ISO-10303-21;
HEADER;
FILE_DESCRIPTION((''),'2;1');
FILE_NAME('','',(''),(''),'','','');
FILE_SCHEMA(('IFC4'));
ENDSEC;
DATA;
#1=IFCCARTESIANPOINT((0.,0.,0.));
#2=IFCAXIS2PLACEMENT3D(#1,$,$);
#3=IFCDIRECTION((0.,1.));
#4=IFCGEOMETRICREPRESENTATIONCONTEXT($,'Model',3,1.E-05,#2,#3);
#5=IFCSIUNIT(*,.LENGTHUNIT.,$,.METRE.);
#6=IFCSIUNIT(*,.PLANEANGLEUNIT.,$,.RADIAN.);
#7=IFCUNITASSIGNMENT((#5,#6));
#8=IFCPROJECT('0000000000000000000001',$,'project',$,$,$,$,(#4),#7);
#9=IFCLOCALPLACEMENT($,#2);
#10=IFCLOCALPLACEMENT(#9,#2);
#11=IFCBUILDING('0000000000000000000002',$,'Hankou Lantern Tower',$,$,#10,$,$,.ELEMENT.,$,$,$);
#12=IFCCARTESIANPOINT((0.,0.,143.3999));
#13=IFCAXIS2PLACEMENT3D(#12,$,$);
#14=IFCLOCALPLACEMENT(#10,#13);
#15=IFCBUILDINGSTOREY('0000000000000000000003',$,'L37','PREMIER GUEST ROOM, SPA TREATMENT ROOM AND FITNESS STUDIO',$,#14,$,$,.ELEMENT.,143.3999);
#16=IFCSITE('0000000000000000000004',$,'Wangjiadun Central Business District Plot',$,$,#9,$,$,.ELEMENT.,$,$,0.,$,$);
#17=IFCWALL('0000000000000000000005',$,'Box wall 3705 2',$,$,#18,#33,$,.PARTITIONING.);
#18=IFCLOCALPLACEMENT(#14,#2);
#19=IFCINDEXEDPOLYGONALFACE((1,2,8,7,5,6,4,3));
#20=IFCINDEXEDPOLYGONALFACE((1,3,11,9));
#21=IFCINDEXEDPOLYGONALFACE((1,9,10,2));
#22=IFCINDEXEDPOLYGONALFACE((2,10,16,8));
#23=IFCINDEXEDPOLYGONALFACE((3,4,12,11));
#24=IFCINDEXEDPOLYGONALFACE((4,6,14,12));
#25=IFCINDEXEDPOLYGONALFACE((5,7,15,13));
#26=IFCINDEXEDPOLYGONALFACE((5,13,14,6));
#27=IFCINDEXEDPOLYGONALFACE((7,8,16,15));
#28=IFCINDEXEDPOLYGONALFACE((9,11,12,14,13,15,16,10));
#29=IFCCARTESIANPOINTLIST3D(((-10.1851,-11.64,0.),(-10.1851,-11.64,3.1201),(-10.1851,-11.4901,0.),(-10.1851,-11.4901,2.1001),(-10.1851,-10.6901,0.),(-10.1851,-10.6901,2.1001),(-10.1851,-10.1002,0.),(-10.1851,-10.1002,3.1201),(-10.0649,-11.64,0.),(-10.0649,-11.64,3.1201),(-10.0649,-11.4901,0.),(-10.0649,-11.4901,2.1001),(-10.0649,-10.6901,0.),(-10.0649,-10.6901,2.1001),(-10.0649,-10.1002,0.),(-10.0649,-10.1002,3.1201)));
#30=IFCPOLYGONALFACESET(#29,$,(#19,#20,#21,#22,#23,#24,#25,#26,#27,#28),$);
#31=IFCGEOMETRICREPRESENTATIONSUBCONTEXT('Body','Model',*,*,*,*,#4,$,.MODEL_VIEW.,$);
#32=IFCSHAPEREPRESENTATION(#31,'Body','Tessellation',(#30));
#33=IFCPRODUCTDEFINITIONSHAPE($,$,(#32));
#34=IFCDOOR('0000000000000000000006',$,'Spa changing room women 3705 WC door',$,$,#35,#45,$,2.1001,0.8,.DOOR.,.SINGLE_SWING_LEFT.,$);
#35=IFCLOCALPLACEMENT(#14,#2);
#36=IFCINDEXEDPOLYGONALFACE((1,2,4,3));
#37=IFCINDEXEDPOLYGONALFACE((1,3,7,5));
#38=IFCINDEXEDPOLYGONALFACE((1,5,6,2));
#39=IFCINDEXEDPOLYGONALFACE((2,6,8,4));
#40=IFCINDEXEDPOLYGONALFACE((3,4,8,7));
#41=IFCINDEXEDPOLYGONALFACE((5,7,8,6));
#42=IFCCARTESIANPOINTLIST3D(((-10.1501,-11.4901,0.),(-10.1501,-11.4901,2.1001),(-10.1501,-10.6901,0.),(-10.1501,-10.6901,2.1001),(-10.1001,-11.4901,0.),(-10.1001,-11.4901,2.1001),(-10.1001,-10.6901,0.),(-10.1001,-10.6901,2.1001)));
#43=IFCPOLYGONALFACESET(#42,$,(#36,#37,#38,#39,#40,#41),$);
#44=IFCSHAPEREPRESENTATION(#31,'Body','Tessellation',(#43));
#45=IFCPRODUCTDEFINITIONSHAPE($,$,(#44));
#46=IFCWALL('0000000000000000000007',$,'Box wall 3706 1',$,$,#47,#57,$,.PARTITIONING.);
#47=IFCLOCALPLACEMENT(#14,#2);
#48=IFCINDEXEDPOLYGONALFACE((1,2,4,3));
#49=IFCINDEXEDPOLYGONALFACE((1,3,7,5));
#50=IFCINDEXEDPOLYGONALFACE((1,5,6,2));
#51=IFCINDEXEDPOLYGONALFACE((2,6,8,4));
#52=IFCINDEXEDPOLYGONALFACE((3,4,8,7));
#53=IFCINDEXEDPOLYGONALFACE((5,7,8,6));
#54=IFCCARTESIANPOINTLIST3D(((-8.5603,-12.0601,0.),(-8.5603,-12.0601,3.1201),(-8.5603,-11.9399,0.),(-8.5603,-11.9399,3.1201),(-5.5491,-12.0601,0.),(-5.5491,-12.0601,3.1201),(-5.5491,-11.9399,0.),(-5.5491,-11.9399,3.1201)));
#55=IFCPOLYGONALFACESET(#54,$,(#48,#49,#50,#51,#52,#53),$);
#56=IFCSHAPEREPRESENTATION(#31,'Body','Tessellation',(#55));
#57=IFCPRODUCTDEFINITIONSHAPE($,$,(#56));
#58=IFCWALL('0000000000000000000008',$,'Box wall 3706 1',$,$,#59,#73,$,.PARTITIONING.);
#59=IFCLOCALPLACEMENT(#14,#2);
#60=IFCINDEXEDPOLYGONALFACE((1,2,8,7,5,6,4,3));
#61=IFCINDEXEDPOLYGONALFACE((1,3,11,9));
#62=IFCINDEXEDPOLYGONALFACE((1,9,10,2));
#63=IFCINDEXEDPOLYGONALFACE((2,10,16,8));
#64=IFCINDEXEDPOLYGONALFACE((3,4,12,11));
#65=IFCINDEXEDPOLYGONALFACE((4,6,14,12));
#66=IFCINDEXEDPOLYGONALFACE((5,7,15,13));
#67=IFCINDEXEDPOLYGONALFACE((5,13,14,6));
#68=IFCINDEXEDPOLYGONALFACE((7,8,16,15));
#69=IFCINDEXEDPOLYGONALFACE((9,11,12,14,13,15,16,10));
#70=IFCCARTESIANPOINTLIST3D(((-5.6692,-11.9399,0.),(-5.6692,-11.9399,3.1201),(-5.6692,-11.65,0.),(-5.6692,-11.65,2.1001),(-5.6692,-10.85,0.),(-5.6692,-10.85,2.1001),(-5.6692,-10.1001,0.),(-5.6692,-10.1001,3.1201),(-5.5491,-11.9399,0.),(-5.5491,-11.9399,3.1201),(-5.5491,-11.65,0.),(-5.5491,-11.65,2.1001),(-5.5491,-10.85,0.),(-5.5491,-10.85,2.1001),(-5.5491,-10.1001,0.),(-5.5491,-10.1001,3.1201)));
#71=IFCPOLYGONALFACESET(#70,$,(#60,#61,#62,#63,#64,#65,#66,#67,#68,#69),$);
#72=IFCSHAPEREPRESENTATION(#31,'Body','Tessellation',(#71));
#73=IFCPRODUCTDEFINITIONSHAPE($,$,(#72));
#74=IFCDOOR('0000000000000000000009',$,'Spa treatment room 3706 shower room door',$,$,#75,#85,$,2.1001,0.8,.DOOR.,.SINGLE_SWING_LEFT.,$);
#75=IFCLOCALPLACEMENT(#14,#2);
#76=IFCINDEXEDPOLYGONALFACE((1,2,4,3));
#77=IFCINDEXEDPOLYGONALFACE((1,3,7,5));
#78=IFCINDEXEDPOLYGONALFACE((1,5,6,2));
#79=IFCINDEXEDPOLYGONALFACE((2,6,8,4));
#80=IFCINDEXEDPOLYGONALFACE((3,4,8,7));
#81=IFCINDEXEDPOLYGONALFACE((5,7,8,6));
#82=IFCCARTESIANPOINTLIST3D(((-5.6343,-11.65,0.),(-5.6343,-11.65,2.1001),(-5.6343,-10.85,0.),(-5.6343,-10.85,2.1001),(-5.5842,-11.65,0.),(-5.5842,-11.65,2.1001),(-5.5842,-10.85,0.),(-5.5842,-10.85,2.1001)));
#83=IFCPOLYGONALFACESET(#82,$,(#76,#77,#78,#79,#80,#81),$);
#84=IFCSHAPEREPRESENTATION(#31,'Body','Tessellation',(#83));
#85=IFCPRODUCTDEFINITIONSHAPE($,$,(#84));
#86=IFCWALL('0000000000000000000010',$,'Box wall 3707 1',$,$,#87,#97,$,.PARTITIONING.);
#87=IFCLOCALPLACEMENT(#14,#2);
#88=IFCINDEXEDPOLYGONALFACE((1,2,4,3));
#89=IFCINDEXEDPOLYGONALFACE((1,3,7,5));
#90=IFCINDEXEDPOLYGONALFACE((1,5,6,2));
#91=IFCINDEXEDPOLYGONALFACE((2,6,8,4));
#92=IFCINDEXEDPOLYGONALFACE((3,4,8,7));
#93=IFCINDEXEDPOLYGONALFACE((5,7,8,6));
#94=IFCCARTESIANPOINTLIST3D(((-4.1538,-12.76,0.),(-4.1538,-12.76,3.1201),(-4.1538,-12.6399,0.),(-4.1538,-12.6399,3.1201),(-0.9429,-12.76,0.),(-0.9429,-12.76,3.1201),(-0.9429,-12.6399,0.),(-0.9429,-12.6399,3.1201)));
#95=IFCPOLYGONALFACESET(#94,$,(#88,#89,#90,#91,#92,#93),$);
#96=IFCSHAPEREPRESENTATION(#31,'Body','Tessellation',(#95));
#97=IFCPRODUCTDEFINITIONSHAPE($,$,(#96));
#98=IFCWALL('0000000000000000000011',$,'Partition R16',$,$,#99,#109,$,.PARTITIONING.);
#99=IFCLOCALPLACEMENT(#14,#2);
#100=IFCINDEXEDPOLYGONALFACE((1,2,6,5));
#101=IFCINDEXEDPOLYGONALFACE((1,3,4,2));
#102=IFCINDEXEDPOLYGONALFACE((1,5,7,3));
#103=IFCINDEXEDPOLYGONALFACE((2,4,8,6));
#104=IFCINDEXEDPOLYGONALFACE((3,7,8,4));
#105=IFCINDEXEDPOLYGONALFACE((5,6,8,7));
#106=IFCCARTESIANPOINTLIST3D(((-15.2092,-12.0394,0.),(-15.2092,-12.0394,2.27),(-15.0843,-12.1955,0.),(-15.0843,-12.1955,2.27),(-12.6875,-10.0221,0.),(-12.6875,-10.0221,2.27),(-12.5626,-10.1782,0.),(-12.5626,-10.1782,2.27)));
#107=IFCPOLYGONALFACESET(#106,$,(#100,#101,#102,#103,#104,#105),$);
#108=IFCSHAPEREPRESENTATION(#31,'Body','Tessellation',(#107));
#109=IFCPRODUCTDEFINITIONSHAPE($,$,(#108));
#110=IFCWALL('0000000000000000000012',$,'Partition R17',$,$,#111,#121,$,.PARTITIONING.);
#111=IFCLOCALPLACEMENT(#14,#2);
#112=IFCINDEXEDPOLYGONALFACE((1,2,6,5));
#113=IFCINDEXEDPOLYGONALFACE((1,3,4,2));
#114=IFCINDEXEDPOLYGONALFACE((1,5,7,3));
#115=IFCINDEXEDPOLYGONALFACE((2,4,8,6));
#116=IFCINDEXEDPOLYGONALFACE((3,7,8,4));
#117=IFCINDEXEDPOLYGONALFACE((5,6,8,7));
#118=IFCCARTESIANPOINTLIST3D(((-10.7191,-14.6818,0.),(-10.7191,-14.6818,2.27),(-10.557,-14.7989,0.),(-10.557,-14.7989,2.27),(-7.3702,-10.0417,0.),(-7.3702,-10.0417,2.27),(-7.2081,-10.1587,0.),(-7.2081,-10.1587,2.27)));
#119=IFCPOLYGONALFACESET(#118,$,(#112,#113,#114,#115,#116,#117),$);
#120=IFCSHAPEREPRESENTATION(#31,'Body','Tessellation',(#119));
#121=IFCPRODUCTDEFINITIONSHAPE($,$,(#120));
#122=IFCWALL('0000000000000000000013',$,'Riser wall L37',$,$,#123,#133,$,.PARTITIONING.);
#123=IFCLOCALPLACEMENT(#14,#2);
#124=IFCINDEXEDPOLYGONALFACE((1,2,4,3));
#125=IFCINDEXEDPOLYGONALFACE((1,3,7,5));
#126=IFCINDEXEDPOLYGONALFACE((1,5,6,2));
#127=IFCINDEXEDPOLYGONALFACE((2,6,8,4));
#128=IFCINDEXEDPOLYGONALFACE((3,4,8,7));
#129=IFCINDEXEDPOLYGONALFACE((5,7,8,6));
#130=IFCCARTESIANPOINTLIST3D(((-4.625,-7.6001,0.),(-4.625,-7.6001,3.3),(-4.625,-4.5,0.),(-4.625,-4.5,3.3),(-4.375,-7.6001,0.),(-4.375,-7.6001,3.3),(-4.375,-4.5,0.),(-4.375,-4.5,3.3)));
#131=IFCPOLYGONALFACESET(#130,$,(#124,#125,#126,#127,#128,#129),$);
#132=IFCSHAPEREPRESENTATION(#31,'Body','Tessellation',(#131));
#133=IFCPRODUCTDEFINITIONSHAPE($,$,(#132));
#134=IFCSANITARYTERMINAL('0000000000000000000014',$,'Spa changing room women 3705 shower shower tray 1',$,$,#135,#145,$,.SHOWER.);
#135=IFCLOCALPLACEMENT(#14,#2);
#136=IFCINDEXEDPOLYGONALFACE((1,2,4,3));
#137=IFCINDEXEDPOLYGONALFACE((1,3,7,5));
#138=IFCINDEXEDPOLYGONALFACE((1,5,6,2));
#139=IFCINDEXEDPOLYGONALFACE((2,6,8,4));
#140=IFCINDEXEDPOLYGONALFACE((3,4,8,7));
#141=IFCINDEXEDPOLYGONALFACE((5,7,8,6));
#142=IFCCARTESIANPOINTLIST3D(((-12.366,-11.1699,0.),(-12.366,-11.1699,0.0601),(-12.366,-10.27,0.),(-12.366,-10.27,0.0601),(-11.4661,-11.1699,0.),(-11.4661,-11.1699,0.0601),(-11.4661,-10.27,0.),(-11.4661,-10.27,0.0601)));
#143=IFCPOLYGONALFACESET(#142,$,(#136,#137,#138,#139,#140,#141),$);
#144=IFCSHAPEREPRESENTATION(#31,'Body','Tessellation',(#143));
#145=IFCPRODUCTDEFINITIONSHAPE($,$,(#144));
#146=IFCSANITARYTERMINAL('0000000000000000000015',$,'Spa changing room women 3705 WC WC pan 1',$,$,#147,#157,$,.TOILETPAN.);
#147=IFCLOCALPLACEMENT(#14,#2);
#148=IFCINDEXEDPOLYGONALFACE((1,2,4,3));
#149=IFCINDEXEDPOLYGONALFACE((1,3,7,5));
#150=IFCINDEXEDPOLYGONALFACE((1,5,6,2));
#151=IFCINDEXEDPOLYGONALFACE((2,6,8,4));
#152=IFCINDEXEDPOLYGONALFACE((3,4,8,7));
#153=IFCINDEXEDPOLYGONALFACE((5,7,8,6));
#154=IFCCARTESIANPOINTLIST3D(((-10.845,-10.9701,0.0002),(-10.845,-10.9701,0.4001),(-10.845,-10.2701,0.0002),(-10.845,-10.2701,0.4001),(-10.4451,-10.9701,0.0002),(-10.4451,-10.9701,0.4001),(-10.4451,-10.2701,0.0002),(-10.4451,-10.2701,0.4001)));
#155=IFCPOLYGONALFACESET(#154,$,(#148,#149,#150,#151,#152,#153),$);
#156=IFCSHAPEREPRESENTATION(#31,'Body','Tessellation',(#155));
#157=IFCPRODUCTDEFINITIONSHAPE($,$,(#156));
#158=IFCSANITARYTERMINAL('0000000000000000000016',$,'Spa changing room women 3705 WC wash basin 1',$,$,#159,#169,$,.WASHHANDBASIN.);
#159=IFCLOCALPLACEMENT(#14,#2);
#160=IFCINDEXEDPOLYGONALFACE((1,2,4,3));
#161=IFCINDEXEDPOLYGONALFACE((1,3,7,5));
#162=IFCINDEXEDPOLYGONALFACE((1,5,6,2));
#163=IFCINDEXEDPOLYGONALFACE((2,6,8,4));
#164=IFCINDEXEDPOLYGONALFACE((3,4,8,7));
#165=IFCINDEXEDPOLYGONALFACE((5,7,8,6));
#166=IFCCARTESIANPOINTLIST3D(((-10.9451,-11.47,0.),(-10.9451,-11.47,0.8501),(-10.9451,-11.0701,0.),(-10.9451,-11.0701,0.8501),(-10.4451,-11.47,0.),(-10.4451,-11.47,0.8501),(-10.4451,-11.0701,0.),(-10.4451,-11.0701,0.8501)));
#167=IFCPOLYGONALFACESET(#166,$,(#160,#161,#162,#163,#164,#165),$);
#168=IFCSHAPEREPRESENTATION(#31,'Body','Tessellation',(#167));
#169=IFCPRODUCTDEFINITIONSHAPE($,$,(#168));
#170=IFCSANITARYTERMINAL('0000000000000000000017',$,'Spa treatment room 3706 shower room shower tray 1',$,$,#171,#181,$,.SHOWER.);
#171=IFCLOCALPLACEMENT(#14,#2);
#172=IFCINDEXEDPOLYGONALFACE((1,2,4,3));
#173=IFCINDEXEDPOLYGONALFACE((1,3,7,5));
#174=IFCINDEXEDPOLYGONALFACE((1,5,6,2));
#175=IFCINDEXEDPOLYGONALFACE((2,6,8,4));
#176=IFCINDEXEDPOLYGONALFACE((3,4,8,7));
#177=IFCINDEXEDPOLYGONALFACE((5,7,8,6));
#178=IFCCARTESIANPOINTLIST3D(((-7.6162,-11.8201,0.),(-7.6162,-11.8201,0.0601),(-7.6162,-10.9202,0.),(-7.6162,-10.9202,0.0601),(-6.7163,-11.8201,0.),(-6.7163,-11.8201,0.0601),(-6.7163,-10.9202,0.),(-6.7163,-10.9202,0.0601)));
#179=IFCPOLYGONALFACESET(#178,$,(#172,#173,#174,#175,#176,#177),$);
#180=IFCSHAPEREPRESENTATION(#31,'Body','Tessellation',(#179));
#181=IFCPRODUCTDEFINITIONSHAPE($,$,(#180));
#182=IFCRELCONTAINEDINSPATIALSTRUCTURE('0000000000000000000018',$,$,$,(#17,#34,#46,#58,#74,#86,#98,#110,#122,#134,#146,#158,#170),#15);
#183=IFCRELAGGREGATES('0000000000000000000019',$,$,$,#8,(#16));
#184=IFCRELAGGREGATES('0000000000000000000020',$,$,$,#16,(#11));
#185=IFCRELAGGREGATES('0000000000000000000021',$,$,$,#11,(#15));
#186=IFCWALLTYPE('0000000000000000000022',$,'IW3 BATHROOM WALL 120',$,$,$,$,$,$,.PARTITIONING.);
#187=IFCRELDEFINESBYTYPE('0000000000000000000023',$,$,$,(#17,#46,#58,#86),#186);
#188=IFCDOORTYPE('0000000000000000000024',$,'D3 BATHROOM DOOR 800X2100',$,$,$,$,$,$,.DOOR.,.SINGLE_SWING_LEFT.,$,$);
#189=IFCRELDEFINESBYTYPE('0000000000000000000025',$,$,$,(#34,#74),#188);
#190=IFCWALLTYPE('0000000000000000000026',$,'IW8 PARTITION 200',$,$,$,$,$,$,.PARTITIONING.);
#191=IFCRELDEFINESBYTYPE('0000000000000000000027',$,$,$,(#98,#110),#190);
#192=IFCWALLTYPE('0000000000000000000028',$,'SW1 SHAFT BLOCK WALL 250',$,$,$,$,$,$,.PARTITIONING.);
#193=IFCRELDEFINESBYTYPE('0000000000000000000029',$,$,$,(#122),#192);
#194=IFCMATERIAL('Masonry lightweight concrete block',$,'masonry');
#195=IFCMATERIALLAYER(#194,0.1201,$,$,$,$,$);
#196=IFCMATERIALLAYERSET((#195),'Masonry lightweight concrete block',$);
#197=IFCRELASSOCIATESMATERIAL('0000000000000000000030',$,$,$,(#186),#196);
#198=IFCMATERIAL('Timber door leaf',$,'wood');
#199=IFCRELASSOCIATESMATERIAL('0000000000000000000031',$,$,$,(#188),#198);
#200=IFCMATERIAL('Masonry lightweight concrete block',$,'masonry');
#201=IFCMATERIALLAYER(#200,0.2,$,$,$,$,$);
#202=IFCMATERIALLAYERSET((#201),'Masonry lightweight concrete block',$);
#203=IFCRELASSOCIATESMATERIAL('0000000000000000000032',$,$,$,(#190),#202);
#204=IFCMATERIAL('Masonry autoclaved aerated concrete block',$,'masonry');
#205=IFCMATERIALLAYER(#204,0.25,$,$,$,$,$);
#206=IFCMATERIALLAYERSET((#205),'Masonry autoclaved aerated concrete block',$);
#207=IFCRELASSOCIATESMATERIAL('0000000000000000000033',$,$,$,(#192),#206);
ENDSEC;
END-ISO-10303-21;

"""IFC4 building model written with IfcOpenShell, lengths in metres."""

from ifc_helpers import new_model, si_unit, direction, frame, frame_2d, origin, origin_2d, place, context, subcontext, project, spatial, rectangle, extrude, material, layer, layer_set, type_object, element, fill, save


model = new_model("IFC4")

# Units and contexts
model_context = context("Model", 3, precision=1e-05, world=origin(), true_north=direction((0.0, 1.0)))
body_context = subcontext(model_context, "Body", "Model", "MODEL_VIEW")
ifc_project = project(units=[si_unit("LENGTHUNIT", "METRE"), si_unit("PLANEANGLEUNIT", "RADIAN")], contexts=[model_context])

# Site, building, storey
site_placement = place(None, origin())
site = spatial("IfcSite", under=ifc_project, at=site_placement, Name="Wangjiadun Central Business District Plot", CompositionType="ELEMENT", RefElevation=0.0)
building_placement = place(site_placement, origin())
building = spatial("IfcBuilding", under=site, at=building_placement, Name="Hankou Lantern Tower", CompositionType="ELEMENT")
storey_placement = place(building_placement, frame((0.0, 0.0, 143.3999)))
storey = spatial("IfcBuildingStorey", under=building, at=storey_placement, Name="L37", Description="PREMIER GUEST ROOM, SPA TREATMENT ROOM AND FITNESS STUDIO", CompositionType="ELEMENT", Elevation=143.3999)

# Shared definitions
ifc_material_1 = material(Name="Masonry lightweight concrete block", Category="masonry")
ifc_layer_1 = layer(ifc_material_1, 0.1201)
ifc_layer_set_1 = layer_set([ifc_layer_1], Name="Masonry lightweight concrete block")
wall_type_1 = type_object("IfcWallType", Name="IW3 BATHROOM WALL 120", PredefinedType="PARTITIONING", material=ifc_layer_set_1)
ifc_material_2 = material(Name="Timber door leaf", Category="wood")
door_type_1 = type_object("IfcDoorType", Name="D3 BATHROOM DOOR 800X2100", OperationType="SINGLE_SWING_LEFT", PredefinedType="DOOR", material=ifc_material_2)

# Wall, opening, door
wall_1_placement = place(storey_placement, frame((-10.125, -10.1001, 0.0), z_axis=(0.0, 0.0, 1.0), x_axis=(0.0, -1.0, 0.0)))
wall_1 = element("IfcWall", 1, at=wall_1_placement, inside=storey, type_object=wall_type_1, Name="Box wall 3705 2", PredefinedType="PARTITIONING", context=body_context, shape_type="SweptSolid", body=[
    extrude(rectangle(XDim=1.5398, YDim=0.1201, at=frame_2d((0.77, 0.0))), origin(), (0.0, 0.0, 1.0), 3.1201),
])
opening_1_placement = place(wall_1_placement, frame((0.5901, 0.0, 0.0)))
opening_1 = element("IfcOpeningElement", 2, at=opening_1_placement, cuts=wall_1, PredefinedType="OPENING", context=body_context, shape_type="SweptSolid", body=[
    extrude(rectangle(XDim=0.8, YDim=2.1001, at=frame_2d((0.3999, 1.05))), frame((0.0, 0.0701, 0.0), z_axis=(0.0, -1.0, 0.0), x_axis=(1.0, 0.0, 0.0)), (0.0, 0.0, 1.0), 0.1401),
])
door_1_placement = place(opening_1_placement, origin())
door_1 = element("IfcDoor", 3, at=door_1_placement, inside=storey, type_object=door_type_1, Name="Spa changing room women 3705 WC door", OperationType="SINGLE_SWING_LEFT", OverallHeight=2.1001, OverallWidth=0.8, PredefinedType="DOOR", context=body_context, shape_type="SweptSolid", body=[
    extrude(rectangle(XDim=0.8, YDim=2.1001, at=frame_2d((0.3999, 1.05))), frame((0.0, 0.0249, 0.0), z_axis=(0.0, -1.0, 0.0), x_axis=(1.0, 0.0, 0.0)), (0.0, 0.0, 1.0), 0.05),
])
fill(opening_1, door_1)

# Wall
wall_2_placement = place(storey_placement, frame((-8.5603, -12.0, 0.0), z_axis=(0.0, 0.0, 1.0), x_axis=(1.0, 0.0, 0.0)))
element("IfcWall", 4, at=wall_2_placement, inside=storey, type_object=wall_type_1, Name="Box wall 3706 1", PredefinedType="PARTITIONING", context=body_context, shape_type="SweptSolid", body=[
    extrude(rectangle(XDim=3.0112, YDim=0.1201, at=frame_2d((1.5056, 0.0))), origin(), (0.0, 0.0, 1.0), 3.1201),
])

# Wall, opening, door
wall_3_placement = place(storey_placement, frame((-5.6091, -10.1001, 0.0), z_axis=(0.0, 0.0, 1.0), x_axis=(0.0, -1.0, 0.0)))
wall_3 = element("IfcWall", 5, at=wall_3_placement, inside=storey, type_object=wall_type_1, Name="Box wall 3706 1", PredefinedType="PARTITIONING", context=body_context, shape_type="SweptSolid", body=[
    extrude(rectangle(XDim=1.8398, YDim=0.1201, at=frame_2d((0.9199, 0.0))), origin(), (0.0, 0.0, 1.0), 3.1201),
])
opening_2_placement = place(wall_3_placement, frame((0.75, 0.0, 0.0)))
opening_2 = element("IfcOpeningElement", 6, at=opening_2_placement, cuts=wall_3, PredefinedType="OPENING", context=body_context, shape_type="SweptSolid", body=[
    extrude(rectangle(XDim=0.8, YDim=2.1001, at=frame_2d((0.3999, 1.05))), frame((0.0, 0.0701, 0.0), z_axis=(0.0, -1.0, 0.0), x_axis=(1.0, 0.0, 0.0)), (0.0, 0.0, 1.0), 0.1401),
])
door_2_placement = place(opening_2_placement, origin())
door_2 = element("IfcDoor", 7, at=door_2_placement, inside=storey, type_object=door_type_1, Name="Spa treatment room 3706 shower room door", OperationType="SINGLE_SWING_LEFT", OverallHeight=2.1001, OverallWidth=0.8, PredefinedType="DOOR", context=body_context, shape_type="SweptSolid", body=[
    extrude(rectangle(XDim=0.8, YDim=2.1001, at=frame_2d((0.3999, 1.05))), frame((0.0, 0.0249, 0.0), z_axis=(0.0, -1.0, 0.0), x_axis=(1.0, 0.0, 0.0)), (0.0, 0.0, 1.0), 0.05),
])
fill(opening_2, door_2)

# Walls
wall_4_placement = place(storey_placement, frame((-4.1538, -12.7, 0.0), z_axis=(0.0, 0.0, 1.0), x_axis=(1.0, 0.0, 0.0)))
element("IfcWall", 8, at=wall_4_placement, inside=storey, type_object=wall_type_1, Name="Box wall 3707 1", PredefinedType="PARTITIONING", context=body_context, shape_type="SweptSolid", body=[
    extrude(rectangle(XDim=3.2109, YDim=0.1201, at=frame_2d((1.6055, 0.0))), origin(), (0.0, 0.0, 1.0), 3.1201),
])
ifc_material_3 = material(Name="Masonry lightweight concrete block", Category="masonry")
ifc_layer_2 = layer(ifc_material_3, 0.2)
ifc_layer_set_2 = layer_set([ifc_layer_2], Name="Masonry lightweight concrete block")
wall_type_2 = type_object("IfcWallType", Name="IW8 PARTITION 200", PredefinedType="PARTITIONING", material=ifc_layer_set_2)
wall_5_placement = place(storey_placement, frame((-12.625, -10.1001, 0.0), z_axis=(0.0, 0.0, 1.0), x_axis=(-0.780876, -0.624686, 0.0)))
element("IfcWall", 9, at=wall_5_placement, inside=storey, type_object=wall_type_2, Name="Partition R16", PredefinedType="PARTITIONING", context=body_context, shape_type="SweptSolid", body=[
    extrude(rectangle(XDim=3.2292, YDim=0.2, at=frame_2d((1.6147, 0.0))), origin(), (0.0, 0.0, 1.0), 2.27),
])
wall_6_placement = place(storey_placement, frame((-7.2891, -10.1001, 0.0), z_axis=(0.0, 0.0, 1.0), x_axis=(-0.585223, -0.810873, 0.0)))
element("IfcWall", 10, at=wall_6_placement, inside=storey, type_object=wall_type_2, Name="Partition R17", PredefinedType="PARTITIONING", context=body_context, shape_type="SweptSolid", body=[
    extrude(rectangle(XDim=5.7224, YDim=0.2, at=frame_2d((2.8613, 0.0))), origin(), (0.0, 0.0, 1.0), 2.27),
])
ifc_material_4 = material(Name="Masonry autoclaved aerated concrete block", Category="masonry")
ifc_layer_3 = layer(ifc_material_4, 0.25)
ifc_layer_set_3 = layer_set([ifc_layer_3], Name="Masonry autoclaved aerated concrete block")
wall_type_3 = type_object("IfcWallType", Name="SW1 SHAFT BLOCK WALL 250", PredefinedType="PARTITIONING", material=ifc_layer_set_3)
wall_7_placement = place(storey_placement, frame((-4.5, -7.6001, 0.0), z_axis=(0.0, 0.0, 1.0), x_axis=(0.0, 1.0, 0.0)))
element("IfcWall", 11, at=wall_7_placement, inside=storey, type_object=wall_type_3, Name="Riser wall L37", PredefinedType="PARTITIONING", context=body_context, shape_type="SweptSolid", body=[
    extrude(rectangle(XDim=3.1001, YDim=0.25, at=frame_2d((1.55, 0.0))), origin(), (0.0, 0.0, 1.0), 3.3),
])

# Sanitary terminals
sanitary_terminal_1_placement = place(storey_placement, frame((-11.916, -10.72, 0.0), z_axis=(0.0, 0.0, 1.0), x_axis=(1.0, 0.0, 0.0)))
element("IfcSanitaryTerminal", 12, at=sanitary_terminal_1_placement, inside=storey, Name="Spa changing room women 3705 shower shower tray 1", PredefinedType="SHOWER", context=body_context, shape_type="SweptSolid", body=[
    extrude(rectangle(XDim=0.8999, YDim=0.8999, at=origin_2d()), origin(), (0.0, 0.0, 1.0), 0.0601),
])
sanitary_terminal_2_placement = place(storey_placement, frame((-10.645, -10.6201, 0.0002), z_axis=(0.0, 0.0, 1.0), x_axis=(0.0, -1.0, 0.0)))
element("IfcSanitaryTerminal", 13, at=sanitary_terminal_2_placement, inside=storey, Name="Spa changing room women 3705 WC WC pan 1", PredefinedType="TOILETPAN", context=body_context, shape_type="SweptSolid", body=[
    extrude(rectangle(XDim=0.7, YDim=0.3999, at=origin_2d()), origin(), (0.0, 0.0, 1.0), 0.3999),
])
sanitary_terminal_3_placement = place(storey_placement, frame((-10.6951, -11.27, 0.0), z_axis=(0.0, 0.0, 1.0), x_axis=(0.0, -1.0, 0.0)))
element("IfcSanitaryTerminal", 14, at=sanitary_terminal_3_placement, inside=storey, Name="Spa changing room women 3705 WC wash basin 1", PredefinedType="WASHHANDBASIN", context=body_context, shape_type="SweptSolid", body=[
    extrude(rectangle(XDim=0.3999, YDim=0.5, at=origin_2d()), origin(), (0.0, 0.0, 1.0), 0.8501),
])
sanitary_terminal_4_placement = place(storey_placement, frame((-7.1663, -11.3701, 0.0), z_axis=(0.0, 0.0, 1.0), x_axis=(1.0, 0.0, 0.0)))
element("IfcSanitaryTerminal", 15, at=sanitary_terminal_4_placement, inside=storey, Name="Spa treatment room 3706 shower room shower tray 1", PredefinedType="SHOWER", context=body_context, shape_type="SweptSolid", body=[
    extrude(rectangle(XDim=0.8999, YDim=0.8999, at=origin_2d()), origin(), (0.0, 0.0, 1.0), 0.0601),
])

save(model, "model.ifc")
